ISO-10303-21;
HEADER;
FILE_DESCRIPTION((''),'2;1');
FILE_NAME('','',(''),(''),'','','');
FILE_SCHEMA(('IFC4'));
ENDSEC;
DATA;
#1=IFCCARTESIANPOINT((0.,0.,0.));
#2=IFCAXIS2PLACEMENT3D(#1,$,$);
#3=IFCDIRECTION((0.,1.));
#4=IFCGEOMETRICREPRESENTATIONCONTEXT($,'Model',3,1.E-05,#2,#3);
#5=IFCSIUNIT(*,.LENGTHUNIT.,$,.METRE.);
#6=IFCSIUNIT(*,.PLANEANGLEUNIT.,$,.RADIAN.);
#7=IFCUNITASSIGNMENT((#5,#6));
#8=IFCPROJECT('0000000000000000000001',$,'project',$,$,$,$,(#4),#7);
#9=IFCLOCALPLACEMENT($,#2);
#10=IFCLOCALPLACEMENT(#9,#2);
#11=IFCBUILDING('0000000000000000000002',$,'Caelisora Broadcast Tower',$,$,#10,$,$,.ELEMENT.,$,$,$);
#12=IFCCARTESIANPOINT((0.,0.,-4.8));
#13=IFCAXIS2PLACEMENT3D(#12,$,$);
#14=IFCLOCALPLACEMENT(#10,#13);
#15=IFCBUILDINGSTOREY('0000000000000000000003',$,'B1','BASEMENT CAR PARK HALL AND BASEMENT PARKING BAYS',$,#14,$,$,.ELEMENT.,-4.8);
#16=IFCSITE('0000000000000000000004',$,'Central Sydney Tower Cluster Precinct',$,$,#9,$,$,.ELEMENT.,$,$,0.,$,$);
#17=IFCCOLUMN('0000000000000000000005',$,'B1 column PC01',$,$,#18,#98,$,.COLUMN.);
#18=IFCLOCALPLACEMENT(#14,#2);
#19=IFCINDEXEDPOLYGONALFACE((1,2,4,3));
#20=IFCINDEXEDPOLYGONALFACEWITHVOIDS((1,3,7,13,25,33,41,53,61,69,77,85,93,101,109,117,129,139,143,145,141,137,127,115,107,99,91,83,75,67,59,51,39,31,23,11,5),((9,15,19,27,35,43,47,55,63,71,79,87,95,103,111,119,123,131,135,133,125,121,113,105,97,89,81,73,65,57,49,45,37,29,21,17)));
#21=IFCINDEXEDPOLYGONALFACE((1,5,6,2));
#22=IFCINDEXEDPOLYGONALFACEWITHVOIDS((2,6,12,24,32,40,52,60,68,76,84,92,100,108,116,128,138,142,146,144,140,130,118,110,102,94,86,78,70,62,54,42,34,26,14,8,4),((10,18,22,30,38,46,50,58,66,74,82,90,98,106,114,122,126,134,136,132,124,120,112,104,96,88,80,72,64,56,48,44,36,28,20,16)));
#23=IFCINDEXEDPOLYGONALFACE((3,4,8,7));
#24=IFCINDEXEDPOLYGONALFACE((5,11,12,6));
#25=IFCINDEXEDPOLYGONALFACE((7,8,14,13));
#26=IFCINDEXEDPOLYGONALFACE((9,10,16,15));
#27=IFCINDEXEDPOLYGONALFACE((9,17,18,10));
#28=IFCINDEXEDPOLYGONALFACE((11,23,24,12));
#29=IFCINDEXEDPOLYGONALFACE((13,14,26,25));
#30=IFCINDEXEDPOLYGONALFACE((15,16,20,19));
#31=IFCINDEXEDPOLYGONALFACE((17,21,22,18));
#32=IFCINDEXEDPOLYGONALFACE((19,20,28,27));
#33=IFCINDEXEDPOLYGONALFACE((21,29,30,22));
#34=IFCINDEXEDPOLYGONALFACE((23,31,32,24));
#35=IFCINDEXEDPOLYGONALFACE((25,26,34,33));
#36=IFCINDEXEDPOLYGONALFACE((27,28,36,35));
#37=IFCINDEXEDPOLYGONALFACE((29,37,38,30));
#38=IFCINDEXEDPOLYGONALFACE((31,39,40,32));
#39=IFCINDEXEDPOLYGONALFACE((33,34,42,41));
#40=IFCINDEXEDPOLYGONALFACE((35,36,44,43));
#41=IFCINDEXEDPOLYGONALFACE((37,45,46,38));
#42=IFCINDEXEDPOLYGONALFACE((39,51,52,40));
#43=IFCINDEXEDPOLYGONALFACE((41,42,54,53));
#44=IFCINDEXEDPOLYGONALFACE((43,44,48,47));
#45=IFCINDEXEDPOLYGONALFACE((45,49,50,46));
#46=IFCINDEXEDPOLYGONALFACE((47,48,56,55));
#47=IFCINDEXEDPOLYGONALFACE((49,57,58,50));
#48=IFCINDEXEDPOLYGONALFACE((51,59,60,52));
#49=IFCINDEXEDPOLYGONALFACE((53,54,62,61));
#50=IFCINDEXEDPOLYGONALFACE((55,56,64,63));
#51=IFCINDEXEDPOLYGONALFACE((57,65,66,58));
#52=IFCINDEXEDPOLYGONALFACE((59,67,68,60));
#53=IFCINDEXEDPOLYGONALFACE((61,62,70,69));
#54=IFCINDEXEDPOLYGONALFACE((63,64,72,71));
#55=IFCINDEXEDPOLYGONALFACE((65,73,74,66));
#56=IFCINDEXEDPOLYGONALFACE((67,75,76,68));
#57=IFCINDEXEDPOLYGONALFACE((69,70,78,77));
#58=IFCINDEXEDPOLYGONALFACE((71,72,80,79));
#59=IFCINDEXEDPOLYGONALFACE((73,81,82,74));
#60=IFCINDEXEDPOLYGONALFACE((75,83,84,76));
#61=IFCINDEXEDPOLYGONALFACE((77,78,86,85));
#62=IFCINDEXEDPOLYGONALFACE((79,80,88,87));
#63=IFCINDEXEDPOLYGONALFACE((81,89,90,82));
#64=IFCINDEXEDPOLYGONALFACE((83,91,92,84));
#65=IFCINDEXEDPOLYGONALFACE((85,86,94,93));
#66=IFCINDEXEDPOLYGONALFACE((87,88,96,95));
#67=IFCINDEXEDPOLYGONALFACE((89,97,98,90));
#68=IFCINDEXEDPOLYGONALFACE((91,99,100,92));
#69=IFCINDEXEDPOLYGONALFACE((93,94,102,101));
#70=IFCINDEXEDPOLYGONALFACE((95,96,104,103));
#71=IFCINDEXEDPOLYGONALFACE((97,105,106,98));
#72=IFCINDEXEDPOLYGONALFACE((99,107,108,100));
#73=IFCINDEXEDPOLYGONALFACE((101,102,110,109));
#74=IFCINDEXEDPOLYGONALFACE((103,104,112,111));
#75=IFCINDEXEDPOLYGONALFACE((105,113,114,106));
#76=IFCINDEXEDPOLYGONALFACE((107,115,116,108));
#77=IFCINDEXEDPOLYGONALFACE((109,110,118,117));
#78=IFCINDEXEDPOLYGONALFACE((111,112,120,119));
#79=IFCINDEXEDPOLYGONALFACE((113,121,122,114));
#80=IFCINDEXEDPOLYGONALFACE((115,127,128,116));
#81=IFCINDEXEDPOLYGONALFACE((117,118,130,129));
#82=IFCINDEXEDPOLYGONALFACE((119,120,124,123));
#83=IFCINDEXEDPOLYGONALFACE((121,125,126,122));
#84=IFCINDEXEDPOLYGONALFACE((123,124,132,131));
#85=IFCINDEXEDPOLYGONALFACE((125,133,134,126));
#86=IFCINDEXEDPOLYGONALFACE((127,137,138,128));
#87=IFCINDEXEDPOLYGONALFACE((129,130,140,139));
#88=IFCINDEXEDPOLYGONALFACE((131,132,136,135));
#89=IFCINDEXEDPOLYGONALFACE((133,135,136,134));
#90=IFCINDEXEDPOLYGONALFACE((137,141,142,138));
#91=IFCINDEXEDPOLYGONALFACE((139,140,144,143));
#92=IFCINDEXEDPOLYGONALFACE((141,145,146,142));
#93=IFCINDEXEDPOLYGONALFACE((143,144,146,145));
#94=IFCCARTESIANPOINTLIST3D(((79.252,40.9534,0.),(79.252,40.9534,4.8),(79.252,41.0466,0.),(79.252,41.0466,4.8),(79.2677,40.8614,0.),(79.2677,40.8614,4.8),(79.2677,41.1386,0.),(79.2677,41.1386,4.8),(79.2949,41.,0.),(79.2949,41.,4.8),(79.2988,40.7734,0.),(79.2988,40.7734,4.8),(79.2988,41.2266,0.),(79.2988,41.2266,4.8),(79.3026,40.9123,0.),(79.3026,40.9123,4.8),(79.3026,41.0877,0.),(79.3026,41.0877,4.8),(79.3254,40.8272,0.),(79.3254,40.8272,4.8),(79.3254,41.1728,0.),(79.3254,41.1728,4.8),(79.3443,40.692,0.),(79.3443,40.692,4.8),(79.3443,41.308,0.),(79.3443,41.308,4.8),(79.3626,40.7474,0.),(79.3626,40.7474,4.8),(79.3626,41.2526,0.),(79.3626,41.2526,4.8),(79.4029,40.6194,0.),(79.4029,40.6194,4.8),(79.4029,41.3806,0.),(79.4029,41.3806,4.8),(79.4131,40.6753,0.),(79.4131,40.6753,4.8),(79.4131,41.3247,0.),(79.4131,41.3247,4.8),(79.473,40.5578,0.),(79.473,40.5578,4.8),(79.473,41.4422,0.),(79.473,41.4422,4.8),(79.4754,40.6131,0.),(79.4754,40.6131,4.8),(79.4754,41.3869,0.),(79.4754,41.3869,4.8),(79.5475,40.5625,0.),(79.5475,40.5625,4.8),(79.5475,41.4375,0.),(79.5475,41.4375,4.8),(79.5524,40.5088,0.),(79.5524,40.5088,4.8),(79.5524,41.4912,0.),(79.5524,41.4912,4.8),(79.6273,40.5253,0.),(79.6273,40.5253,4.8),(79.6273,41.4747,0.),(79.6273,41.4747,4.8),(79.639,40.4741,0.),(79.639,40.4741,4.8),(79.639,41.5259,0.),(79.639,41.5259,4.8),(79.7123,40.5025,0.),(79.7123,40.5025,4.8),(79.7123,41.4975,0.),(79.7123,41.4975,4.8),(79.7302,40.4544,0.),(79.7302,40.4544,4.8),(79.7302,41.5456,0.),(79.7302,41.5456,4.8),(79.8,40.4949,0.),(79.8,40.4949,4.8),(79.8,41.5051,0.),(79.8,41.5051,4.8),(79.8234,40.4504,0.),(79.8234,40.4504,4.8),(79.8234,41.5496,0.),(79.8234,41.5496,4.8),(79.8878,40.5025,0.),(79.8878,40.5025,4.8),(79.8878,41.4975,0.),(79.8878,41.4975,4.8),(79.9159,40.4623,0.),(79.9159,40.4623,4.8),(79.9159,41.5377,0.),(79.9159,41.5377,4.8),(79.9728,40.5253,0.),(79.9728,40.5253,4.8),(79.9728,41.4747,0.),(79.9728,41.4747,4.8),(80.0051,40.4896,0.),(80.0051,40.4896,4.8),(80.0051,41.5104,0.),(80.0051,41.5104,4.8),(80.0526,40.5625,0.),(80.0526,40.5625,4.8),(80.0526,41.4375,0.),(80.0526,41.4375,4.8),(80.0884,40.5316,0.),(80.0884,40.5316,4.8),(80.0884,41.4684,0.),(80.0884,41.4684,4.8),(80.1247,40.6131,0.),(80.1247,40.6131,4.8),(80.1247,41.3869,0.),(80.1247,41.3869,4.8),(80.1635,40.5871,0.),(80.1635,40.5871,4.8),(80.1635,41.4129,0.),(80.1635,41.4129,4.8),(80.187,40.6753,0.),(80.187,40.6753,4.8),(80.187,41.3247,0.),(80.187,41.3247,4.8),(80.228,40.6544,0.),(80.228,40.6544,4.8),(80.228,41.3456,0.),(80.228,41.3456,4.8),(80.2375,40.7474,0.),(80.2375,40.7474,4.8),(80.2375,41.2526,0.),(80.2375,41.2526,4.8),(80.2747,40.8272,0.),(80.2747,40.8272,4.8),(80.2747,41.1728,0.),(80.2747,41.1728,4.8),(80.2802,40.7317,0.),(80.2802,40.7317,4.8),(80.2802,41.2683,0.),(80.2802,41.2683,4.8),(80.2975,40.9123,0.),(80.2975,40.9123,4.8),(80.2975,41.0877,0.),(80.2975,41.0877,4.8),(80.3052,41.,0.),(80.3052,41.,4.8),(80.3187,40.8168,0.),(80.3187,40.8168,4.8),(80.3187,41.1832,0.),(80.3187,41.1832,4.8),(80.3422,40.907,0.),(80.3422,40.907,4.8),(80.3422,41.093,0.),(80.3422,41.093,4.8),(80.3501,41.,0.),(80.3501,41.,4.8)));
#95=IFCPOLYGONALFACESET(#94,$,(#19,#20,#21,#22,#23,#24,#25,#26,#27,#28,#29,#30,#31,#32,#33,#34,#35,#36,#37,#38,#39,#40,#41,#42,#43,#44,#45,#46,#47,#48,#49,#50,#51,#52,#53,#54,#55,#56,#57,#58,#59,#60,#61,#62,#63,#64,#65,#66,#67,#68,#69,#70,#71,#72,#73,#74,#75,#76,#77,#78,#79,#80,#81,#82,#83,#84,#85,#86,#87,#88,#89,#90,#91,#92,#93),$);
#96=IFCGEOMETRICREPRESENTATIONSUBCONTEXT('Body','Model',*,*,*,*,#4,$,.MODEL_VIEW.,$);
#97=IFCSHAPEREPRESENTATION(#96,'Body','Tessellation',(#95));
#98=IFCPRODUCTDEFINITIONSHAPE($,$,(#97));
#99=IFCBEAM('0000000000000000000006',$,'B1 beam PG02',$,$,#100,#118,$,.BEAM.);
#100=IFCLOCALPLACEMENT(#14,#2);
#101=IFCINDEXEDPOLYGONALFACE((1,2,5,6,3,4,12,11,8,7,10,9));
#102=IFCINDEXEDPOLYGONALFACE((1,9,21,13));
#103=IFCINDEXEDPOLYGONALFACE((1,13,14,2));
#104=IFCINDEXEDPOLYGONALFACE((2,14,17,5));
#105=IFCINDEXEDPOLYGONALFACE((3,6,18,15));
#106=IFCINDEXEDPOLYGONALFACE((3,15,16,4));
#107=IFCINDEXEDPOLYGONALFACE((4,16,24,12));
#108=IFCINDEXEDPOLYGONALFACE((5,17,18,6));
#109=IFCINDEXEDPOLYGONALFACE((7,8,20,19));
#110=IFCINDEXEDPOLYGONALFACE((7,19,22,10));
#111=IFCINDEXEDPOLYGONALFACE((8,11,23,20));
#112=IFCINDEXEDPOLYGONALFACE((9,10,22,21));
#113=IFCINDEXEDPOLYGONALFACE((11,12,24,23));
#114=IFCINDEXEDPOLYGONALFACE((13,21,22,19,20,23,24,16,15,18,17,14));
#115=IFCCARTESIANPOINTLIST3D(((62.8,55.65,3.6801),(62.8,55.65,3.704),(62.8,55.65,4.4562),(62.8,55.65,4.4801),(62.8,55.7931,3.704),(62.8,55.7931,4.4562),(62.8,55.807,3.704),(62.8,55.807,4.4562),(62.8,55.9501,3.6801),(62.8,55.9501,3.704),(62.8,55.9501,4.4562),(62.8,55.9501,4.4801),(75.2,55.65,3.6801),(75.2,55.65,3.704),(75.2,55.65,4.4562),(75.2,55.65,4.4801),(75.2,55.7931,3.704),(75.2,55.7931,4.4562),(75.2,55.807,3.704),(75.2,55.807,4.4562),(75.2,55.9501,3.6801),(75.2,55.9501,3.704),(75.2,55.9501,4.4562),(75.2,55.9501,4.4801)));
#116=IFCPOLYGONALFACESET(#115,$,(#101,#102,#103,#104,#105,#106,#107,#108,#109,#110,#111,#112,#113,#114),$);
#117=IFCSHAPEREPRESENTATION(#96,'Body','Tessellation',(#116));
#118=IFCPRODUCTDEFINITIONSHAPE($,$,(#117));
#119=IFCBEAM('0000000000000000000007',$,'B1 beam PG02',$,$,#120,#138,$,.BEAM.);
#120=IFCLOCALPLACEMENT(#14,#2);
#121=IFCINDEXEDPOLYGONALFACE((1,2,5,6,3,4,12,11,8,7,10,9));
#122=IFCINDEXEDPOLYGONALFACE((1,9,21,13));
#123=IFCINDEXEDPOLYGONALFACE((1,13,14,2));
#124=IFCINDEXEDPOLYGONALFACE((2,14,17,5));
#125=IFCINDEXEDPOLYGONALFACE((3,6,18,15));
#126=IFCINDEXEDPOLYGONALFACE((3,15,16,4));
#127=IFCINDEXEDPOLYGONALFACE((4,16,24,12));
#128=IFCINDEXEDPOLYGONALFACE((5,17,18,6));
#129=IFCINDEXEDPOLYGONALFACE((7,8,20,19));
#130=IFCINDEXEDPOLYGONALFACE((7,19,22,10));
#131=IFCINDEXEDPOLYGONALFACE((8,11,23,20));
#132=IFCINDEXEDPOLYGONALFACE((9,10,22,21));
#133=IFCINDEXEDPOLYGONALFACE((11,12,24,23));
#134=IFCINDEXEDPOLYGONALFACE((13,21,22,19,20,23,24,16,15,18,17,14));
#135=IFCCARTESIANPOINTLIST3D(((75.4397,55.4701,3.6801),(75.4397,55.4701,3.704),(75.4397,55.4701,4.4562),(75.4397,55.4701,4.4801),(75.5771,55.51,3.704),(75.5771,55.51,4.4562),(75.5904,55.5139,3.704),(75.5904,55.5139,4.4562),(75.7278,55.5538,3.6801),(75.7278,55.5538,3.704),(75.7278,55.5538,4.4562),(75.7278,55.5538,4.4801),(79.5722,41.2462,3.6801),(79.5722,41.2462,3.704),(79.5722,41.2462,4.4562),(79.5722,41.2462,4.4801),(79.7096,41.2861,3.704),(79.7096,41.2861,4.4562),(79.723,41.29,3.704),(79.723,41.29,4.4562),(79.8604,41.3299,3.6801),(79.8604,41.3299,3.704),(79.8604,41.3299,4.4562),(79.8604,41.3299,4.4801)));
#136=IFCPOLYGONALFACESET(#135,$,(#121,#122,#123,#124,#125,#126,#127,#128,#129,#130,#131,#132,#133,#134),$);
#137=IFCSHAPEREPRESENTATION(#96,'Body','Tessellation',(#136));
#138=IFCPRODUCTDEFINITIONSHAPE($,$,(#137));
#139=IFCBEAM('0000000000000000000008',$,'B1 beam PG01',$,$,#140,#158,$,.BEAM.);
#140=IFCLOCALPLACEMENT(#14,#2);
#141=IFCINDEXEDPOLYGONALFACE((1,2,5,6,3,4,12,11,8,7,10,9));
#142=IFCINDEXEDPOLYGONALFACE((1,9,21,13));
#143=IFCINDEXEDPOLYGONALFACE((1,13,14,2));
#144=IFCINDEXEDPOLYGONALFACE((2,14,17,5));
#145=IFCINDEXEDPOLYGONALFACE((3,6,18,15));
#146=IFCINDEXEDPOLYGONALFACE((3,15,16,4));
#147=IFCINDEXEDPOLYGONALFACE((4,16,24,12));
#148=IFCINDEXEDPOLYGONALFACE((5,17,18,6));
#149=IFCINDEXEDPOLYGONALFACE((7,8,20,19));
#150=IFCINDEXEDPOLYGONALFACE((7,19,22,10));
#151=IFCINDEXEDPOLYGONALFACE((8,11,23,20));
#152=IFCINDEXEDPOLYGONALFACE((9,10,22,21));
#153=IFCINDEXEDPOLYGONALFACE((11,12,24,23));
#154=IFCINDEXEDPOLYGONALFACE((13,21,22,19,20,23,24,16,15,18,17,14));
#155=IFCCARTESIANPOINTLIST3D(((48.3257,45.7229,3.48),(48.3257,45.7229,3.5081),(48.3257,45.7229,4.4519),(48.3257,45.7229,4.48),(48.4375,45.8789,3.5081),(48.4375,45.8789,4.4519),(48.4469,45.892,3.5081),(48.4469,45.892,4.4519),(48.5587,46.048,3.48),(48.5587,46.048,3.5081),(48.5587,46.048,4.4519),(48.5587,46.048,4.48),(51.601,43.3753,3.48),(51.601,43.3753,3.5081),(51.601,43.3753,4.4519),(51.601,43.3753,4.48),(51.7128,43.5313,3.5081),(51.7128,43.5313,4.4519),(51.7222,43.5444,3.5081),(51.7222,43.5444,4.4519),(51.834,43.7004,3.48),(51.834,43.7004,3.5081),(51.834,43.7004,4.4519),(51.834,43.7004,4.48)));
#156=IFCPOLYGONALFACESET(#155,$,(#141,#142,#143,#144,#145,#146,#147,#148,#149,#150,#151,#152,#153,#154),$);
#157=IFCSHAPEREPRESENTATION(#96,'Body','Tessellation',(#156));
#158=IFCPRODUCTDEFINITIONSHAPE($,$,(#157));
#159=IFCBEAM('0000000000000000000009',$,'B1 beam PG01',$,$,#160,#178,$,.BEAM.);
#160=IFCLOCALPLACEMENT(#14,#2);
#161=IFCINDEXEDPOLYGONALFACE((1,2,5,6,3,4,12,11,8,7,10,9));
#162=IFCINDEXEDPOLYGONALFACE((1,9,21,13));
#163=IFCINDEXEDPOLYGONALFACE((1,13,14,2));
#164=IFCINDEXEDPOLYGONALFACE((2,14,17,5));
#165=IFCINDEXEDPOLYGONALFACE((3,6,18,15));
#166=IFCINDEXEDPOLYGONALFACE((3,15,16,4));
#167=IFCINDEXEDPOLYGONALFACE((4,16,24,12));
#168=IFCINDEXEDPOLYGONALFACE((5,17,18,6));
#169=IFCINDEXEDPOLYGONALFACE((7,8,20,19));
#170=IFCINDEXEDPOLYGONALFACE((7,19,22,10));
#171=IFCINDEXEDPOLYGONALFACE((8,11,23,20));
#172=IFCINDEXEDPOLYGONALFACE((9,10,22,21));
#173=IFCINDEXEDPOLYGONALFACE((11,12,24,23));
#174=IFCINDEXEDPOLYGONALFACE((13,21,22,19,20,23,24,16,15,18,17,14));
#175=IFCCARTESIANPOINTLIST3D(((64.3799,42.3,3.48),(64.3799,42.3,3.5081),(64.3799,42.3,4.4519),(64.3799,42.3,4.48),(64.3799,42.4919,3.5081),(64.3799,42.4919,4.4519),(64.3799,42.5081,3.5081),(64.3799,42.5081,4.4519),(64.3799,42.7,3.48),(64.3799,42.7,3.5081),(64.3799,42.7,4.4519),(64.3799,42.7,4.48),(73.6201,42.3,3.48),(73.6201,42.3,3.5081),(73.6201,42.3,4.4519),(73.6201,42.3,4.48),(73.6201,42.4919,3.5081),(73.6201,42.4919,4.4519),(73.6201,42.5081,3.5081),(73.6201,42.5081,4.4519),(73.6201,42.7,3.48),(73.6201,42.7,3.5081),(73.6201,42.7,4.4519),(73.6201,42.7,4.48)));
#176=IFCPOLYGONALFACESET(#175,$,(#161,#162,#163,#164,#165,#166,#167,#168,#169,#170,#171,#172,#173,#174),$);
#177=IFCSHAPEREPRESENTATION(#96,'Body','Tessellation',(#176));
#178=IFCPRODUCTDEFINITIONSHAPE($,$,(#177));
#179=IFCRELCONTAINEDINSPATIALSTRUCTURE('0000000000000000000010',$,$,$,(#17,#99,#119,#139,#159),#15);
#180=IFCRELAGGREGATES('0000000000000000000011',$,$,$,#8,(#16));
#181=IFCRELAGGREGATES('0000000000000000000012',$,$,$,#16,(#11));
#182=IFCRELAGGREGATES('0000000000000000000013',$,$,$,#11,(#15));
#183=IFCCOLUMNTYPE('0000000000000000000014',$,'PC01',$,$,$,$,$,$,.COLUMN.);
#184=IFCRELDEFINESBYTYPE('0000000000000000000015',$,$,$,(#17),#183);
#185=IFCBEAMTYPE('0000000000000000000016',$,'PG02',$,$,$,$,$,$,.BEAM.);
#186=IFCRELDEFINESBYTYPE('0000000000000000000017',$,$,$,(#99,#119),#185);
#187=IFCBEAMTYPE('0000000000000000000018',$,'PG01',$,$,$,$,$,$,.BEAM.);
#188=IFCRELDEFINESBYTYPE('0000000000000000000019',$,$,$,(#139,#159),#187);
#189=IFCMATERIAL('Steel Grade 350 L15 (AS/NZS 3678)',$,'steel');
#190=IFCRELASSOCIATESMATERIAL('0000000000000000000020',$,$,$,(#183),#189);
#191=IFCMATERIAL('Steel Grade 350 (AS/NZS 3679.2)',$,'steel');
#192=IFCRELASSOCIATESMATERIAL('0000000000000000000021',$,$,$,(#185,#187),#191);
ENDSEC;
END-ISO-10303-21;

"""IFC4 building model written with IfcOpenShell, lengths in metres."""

from ifc_helpers import new_model, si_unit, direction, frame, origin, origin_2d, place, context, subcontext, project, spatial, hollow_circle, i_section, extrude, source, transform, mapped, material, material_profile, profile_set, type_object, type_shapes, element, save


model = new_model("IFC4")

# Units and contexts
model_context = context("Model", 3, precision=1e-05, world=origin(), true_north=direction((0.0, 1.0)))
body_context = subcontext(model_context, "Body", "Model", "MODEL_VIEW")
ifc_project = project(units=[si_unit("LENGTHUNIT", "METRE"), si_unit("PLANEANGLEUNIT", "RADIAN")], contexts=[model_context])

# Site, building, storey
site_placement = place(None, origin())
site = spatial("IfcSite", under=ifc_project, at=site_placement, Name="Central Sydney Tower Cluster Precinct", CompositionType="ELEMENT", RefElevation=0.0)
building_placement = place(site_placement, origin())
building = spatial("IfcBuilding", under=site, at=building_placement, Name="Caelisora Broadcast Tower", CompositionType="ELEMENT")
storey_placement = place(building_placement, frame((0.0, 0.0, -4.8)))
storey = spatial("IfcBuildingStorey", under=building, at=storey_placement, Name="B1", Description="BASEMENT CAR PARK HALL AND BASEMENT PARKING BAYS", CompositionType="ELEMENT", Elevation=-4.8)

# Column
ifc_material_1 = material(Name="Steel Grade 350 L15 (AS/NZS 3678)", Category="steel")
ifc_material_profile_1 = material_profile(ifc_material_1, hollow_circle(Radius=0.55, WallThickness=0.0449, at=origin_2d()), Name="Steel Grade 350 L15 (AS/NZS 3678)")
ifc_profile_set_1 = profile_set([ifc_material_profile_1], Name="Steel Grade 350 L15 (AS/NZS 3678)")
column_type_1 = type_object("IfcColumnType", Name="PC01", PredefinedType="COLUMN", material=ifc_profile_set_1)
shared_shape_1 = source(origin(), body_context, "Body", "SweptSolid", [
    extrude(hollow_circle(Radius=0.55, WallThickness=0.0449, at=origin_2d()), origin(), (0.0, 0.0, 1.0), 4.8),
])
type_shapes(column_type_1, [shared_shape_1])
for number, where, z_axis, x_axis, name in (
    (1, (79.8, 41.0, 0.0), (0.0, 0.0, 1.0), (1.0, 0.0, 0.0), "B1 column PC01"),
):
    element("IfcColumn", number, at=place(storey_placement, frame(where, z_axis=z_axis, x_axis=x_axis)), inside=storey, type_object=column_type_1, Name=name, PredefinedType="COLUMN", context=body_context, shape_type="MappedRepresentation", body=[
        mapped(shared_shape_1, transform((0.0, 0.0, 0.0), scale=1.0)),
    ])

# Beams
ifc_material_2 = material(Name="Steel Grade 350 (AS/NZS 3679.2)", Category="steel")
ifc_material_profile_2 = material_profile(ifc_material_2, i_section(OverallWidth=0.3, OverallDepth=0.8, WebThickness=0.0139, FlangeThickness=0.0239, at=origin_2d()), Name="Steel Grade 350 (AS/NZS 3679.2)")
ifc_profile_set_2 = profile_set([ifc_material_profile_2], Name="Steel Grade 350 (AS/NZS 3679.2)")
beam_type_1 = type_object("IfcBeamType", Name="PG02", PredefinedType="BEAM", material=ifc_profile_set_2)
shared_shape_2 = source(origin(), body_context, "Body", "SweptSolid", [
    extrude(i_section(OverallWidth=0.3, OverallDepth=0.8, WebThickness=0.0139, FlangeThickness=0.0239, at=origin_2d()), origin(), (0.0, 0.0, 1.0), 12.3999),
])
beam_1_placement = place(storey_placement, frame((62.8, 55.8, 4.0801), z_axis=(1.0, 0.0, 0.0), x_axis=(0.0, 1.0, 0.0)))
element("IfcBeam", 2, at=beam_1_placement, inside=storey, type_object=beam_type_1, Name="B1 beam PG02", PredefinedType="BEAM", context=body_context, shape_type="MappedRepresentation", body=[
    mapped(shared_shape_2, transform((0.0, 0.0, 0.0), scale=1.0)),
])
shared_shape_3 = source(origin(), body_context, "Body", "SweptSolid", [
    extrude(i_section(OverallWidth=0.3, OverallDepth=0.8, WebThickness=0.0139, FlangeThickness=0.0239, at=origin_2d()), origin(), (0.0, 0.0, 1.0), 14.812),
])
type_shapes(beam_type_1, [shared_shape_2, shared_shape_3])
beam_2_placement = place(storey_placement, frame((79.7163, 41.2881, 4.0801), z_axis=(-0.279, 0.960291, 0.0), x_axis=(-0.960291, -0.279, 0.0)))
element("IfcBeam", 3, at=beam_2_placement, inside=storey, type_object=beam_type_1, Name="B1 beam PG02", PredefinedType="BEAM", context=body_context, shape_type="MappedRepresentation", body=[
    mapped(shared_shape_3, transform((0.0, 0.0, 0.0), scale=1.0)),
])
ifc_material_profile_3 = material_profile(ifc_material_2, i_section(OverallWidth=0.3999, OverallDepth=1.0, WebThickness=0.0161, FlangeThickness=0.0281, at=origin_2d()), Name="Steel Grade 350 (AS/NZS 3679.2)")
ifc_profile_set_3 = profile_set([ifc_material_profile_3], Name="Steel Grade 350 (AS/NZS 3679.2)")
beam_type_2 = type_object("IfcBeamType", Name="PG01", PredefinedType="BEAM", material=ifc_profile_set_3)
shared_shape_4 = source(origin(), body_context, "Body", "SweptSolid", [
    extrude(i_section(OverallWidth=0.3999, OverallDepth=1.0, WebThickness=0.0161, FlangeThickness=0.0281, at=origin_2d()), origin(), (0.0, 0.0, 1.0), 4.0298),
])
beam_3_placement = place(storey_placement, frame((51.7175, 43.5378, 3.98), z_axis=(-0.812783, 0.582567, 0.0), x_axis=(-0.582567, -0.812783, 0.0)))
element("IfcBeam", 4, at=beam_3_placement, inside=storey, type_object=beam_type_2, Name="B1 beam PG01", PredefinedType="BEAM", context=body_context, shape_type="MappedRepresentation", body=[
    mapped(shared_shape_4, transform((0.0, 0.0, 0.0), scale=1.0)),
])
shared_shape_5 = source(origin(), body_context, "Body", "SweptSolid", [
    extrude(i_section(OverallWidth=0.3999, OverallDepth=1.0, WebThickness=0.0161, FlangeThickness=0.0281, at=origin_2d()), origin(), (0.0, 0.0, 1.0), 9.2402),
])
type_shapes(beam_type_2, [shared_shape_4, shared_shape_5])
beam_4_placement = place(storey_placement, frame((64.3799, 42.5, 3.98), z_axis=(1.0, 0.0, 0.0), x_axis=(0.0, 1.0, 0.0)))
element("IfcBeam", 5, at=beam_4_placement, inside=storey, type_object=beam_type_2, Name="B1 beam PG01", PredefinedType="BEAM", context=body_context, shape_type="MappedRepresentation", body=[
    mapped(shared_shape_5, transform((0.0, 0.0, 0.0), scale=1.0)),
])

save(model, "model.ifc")
